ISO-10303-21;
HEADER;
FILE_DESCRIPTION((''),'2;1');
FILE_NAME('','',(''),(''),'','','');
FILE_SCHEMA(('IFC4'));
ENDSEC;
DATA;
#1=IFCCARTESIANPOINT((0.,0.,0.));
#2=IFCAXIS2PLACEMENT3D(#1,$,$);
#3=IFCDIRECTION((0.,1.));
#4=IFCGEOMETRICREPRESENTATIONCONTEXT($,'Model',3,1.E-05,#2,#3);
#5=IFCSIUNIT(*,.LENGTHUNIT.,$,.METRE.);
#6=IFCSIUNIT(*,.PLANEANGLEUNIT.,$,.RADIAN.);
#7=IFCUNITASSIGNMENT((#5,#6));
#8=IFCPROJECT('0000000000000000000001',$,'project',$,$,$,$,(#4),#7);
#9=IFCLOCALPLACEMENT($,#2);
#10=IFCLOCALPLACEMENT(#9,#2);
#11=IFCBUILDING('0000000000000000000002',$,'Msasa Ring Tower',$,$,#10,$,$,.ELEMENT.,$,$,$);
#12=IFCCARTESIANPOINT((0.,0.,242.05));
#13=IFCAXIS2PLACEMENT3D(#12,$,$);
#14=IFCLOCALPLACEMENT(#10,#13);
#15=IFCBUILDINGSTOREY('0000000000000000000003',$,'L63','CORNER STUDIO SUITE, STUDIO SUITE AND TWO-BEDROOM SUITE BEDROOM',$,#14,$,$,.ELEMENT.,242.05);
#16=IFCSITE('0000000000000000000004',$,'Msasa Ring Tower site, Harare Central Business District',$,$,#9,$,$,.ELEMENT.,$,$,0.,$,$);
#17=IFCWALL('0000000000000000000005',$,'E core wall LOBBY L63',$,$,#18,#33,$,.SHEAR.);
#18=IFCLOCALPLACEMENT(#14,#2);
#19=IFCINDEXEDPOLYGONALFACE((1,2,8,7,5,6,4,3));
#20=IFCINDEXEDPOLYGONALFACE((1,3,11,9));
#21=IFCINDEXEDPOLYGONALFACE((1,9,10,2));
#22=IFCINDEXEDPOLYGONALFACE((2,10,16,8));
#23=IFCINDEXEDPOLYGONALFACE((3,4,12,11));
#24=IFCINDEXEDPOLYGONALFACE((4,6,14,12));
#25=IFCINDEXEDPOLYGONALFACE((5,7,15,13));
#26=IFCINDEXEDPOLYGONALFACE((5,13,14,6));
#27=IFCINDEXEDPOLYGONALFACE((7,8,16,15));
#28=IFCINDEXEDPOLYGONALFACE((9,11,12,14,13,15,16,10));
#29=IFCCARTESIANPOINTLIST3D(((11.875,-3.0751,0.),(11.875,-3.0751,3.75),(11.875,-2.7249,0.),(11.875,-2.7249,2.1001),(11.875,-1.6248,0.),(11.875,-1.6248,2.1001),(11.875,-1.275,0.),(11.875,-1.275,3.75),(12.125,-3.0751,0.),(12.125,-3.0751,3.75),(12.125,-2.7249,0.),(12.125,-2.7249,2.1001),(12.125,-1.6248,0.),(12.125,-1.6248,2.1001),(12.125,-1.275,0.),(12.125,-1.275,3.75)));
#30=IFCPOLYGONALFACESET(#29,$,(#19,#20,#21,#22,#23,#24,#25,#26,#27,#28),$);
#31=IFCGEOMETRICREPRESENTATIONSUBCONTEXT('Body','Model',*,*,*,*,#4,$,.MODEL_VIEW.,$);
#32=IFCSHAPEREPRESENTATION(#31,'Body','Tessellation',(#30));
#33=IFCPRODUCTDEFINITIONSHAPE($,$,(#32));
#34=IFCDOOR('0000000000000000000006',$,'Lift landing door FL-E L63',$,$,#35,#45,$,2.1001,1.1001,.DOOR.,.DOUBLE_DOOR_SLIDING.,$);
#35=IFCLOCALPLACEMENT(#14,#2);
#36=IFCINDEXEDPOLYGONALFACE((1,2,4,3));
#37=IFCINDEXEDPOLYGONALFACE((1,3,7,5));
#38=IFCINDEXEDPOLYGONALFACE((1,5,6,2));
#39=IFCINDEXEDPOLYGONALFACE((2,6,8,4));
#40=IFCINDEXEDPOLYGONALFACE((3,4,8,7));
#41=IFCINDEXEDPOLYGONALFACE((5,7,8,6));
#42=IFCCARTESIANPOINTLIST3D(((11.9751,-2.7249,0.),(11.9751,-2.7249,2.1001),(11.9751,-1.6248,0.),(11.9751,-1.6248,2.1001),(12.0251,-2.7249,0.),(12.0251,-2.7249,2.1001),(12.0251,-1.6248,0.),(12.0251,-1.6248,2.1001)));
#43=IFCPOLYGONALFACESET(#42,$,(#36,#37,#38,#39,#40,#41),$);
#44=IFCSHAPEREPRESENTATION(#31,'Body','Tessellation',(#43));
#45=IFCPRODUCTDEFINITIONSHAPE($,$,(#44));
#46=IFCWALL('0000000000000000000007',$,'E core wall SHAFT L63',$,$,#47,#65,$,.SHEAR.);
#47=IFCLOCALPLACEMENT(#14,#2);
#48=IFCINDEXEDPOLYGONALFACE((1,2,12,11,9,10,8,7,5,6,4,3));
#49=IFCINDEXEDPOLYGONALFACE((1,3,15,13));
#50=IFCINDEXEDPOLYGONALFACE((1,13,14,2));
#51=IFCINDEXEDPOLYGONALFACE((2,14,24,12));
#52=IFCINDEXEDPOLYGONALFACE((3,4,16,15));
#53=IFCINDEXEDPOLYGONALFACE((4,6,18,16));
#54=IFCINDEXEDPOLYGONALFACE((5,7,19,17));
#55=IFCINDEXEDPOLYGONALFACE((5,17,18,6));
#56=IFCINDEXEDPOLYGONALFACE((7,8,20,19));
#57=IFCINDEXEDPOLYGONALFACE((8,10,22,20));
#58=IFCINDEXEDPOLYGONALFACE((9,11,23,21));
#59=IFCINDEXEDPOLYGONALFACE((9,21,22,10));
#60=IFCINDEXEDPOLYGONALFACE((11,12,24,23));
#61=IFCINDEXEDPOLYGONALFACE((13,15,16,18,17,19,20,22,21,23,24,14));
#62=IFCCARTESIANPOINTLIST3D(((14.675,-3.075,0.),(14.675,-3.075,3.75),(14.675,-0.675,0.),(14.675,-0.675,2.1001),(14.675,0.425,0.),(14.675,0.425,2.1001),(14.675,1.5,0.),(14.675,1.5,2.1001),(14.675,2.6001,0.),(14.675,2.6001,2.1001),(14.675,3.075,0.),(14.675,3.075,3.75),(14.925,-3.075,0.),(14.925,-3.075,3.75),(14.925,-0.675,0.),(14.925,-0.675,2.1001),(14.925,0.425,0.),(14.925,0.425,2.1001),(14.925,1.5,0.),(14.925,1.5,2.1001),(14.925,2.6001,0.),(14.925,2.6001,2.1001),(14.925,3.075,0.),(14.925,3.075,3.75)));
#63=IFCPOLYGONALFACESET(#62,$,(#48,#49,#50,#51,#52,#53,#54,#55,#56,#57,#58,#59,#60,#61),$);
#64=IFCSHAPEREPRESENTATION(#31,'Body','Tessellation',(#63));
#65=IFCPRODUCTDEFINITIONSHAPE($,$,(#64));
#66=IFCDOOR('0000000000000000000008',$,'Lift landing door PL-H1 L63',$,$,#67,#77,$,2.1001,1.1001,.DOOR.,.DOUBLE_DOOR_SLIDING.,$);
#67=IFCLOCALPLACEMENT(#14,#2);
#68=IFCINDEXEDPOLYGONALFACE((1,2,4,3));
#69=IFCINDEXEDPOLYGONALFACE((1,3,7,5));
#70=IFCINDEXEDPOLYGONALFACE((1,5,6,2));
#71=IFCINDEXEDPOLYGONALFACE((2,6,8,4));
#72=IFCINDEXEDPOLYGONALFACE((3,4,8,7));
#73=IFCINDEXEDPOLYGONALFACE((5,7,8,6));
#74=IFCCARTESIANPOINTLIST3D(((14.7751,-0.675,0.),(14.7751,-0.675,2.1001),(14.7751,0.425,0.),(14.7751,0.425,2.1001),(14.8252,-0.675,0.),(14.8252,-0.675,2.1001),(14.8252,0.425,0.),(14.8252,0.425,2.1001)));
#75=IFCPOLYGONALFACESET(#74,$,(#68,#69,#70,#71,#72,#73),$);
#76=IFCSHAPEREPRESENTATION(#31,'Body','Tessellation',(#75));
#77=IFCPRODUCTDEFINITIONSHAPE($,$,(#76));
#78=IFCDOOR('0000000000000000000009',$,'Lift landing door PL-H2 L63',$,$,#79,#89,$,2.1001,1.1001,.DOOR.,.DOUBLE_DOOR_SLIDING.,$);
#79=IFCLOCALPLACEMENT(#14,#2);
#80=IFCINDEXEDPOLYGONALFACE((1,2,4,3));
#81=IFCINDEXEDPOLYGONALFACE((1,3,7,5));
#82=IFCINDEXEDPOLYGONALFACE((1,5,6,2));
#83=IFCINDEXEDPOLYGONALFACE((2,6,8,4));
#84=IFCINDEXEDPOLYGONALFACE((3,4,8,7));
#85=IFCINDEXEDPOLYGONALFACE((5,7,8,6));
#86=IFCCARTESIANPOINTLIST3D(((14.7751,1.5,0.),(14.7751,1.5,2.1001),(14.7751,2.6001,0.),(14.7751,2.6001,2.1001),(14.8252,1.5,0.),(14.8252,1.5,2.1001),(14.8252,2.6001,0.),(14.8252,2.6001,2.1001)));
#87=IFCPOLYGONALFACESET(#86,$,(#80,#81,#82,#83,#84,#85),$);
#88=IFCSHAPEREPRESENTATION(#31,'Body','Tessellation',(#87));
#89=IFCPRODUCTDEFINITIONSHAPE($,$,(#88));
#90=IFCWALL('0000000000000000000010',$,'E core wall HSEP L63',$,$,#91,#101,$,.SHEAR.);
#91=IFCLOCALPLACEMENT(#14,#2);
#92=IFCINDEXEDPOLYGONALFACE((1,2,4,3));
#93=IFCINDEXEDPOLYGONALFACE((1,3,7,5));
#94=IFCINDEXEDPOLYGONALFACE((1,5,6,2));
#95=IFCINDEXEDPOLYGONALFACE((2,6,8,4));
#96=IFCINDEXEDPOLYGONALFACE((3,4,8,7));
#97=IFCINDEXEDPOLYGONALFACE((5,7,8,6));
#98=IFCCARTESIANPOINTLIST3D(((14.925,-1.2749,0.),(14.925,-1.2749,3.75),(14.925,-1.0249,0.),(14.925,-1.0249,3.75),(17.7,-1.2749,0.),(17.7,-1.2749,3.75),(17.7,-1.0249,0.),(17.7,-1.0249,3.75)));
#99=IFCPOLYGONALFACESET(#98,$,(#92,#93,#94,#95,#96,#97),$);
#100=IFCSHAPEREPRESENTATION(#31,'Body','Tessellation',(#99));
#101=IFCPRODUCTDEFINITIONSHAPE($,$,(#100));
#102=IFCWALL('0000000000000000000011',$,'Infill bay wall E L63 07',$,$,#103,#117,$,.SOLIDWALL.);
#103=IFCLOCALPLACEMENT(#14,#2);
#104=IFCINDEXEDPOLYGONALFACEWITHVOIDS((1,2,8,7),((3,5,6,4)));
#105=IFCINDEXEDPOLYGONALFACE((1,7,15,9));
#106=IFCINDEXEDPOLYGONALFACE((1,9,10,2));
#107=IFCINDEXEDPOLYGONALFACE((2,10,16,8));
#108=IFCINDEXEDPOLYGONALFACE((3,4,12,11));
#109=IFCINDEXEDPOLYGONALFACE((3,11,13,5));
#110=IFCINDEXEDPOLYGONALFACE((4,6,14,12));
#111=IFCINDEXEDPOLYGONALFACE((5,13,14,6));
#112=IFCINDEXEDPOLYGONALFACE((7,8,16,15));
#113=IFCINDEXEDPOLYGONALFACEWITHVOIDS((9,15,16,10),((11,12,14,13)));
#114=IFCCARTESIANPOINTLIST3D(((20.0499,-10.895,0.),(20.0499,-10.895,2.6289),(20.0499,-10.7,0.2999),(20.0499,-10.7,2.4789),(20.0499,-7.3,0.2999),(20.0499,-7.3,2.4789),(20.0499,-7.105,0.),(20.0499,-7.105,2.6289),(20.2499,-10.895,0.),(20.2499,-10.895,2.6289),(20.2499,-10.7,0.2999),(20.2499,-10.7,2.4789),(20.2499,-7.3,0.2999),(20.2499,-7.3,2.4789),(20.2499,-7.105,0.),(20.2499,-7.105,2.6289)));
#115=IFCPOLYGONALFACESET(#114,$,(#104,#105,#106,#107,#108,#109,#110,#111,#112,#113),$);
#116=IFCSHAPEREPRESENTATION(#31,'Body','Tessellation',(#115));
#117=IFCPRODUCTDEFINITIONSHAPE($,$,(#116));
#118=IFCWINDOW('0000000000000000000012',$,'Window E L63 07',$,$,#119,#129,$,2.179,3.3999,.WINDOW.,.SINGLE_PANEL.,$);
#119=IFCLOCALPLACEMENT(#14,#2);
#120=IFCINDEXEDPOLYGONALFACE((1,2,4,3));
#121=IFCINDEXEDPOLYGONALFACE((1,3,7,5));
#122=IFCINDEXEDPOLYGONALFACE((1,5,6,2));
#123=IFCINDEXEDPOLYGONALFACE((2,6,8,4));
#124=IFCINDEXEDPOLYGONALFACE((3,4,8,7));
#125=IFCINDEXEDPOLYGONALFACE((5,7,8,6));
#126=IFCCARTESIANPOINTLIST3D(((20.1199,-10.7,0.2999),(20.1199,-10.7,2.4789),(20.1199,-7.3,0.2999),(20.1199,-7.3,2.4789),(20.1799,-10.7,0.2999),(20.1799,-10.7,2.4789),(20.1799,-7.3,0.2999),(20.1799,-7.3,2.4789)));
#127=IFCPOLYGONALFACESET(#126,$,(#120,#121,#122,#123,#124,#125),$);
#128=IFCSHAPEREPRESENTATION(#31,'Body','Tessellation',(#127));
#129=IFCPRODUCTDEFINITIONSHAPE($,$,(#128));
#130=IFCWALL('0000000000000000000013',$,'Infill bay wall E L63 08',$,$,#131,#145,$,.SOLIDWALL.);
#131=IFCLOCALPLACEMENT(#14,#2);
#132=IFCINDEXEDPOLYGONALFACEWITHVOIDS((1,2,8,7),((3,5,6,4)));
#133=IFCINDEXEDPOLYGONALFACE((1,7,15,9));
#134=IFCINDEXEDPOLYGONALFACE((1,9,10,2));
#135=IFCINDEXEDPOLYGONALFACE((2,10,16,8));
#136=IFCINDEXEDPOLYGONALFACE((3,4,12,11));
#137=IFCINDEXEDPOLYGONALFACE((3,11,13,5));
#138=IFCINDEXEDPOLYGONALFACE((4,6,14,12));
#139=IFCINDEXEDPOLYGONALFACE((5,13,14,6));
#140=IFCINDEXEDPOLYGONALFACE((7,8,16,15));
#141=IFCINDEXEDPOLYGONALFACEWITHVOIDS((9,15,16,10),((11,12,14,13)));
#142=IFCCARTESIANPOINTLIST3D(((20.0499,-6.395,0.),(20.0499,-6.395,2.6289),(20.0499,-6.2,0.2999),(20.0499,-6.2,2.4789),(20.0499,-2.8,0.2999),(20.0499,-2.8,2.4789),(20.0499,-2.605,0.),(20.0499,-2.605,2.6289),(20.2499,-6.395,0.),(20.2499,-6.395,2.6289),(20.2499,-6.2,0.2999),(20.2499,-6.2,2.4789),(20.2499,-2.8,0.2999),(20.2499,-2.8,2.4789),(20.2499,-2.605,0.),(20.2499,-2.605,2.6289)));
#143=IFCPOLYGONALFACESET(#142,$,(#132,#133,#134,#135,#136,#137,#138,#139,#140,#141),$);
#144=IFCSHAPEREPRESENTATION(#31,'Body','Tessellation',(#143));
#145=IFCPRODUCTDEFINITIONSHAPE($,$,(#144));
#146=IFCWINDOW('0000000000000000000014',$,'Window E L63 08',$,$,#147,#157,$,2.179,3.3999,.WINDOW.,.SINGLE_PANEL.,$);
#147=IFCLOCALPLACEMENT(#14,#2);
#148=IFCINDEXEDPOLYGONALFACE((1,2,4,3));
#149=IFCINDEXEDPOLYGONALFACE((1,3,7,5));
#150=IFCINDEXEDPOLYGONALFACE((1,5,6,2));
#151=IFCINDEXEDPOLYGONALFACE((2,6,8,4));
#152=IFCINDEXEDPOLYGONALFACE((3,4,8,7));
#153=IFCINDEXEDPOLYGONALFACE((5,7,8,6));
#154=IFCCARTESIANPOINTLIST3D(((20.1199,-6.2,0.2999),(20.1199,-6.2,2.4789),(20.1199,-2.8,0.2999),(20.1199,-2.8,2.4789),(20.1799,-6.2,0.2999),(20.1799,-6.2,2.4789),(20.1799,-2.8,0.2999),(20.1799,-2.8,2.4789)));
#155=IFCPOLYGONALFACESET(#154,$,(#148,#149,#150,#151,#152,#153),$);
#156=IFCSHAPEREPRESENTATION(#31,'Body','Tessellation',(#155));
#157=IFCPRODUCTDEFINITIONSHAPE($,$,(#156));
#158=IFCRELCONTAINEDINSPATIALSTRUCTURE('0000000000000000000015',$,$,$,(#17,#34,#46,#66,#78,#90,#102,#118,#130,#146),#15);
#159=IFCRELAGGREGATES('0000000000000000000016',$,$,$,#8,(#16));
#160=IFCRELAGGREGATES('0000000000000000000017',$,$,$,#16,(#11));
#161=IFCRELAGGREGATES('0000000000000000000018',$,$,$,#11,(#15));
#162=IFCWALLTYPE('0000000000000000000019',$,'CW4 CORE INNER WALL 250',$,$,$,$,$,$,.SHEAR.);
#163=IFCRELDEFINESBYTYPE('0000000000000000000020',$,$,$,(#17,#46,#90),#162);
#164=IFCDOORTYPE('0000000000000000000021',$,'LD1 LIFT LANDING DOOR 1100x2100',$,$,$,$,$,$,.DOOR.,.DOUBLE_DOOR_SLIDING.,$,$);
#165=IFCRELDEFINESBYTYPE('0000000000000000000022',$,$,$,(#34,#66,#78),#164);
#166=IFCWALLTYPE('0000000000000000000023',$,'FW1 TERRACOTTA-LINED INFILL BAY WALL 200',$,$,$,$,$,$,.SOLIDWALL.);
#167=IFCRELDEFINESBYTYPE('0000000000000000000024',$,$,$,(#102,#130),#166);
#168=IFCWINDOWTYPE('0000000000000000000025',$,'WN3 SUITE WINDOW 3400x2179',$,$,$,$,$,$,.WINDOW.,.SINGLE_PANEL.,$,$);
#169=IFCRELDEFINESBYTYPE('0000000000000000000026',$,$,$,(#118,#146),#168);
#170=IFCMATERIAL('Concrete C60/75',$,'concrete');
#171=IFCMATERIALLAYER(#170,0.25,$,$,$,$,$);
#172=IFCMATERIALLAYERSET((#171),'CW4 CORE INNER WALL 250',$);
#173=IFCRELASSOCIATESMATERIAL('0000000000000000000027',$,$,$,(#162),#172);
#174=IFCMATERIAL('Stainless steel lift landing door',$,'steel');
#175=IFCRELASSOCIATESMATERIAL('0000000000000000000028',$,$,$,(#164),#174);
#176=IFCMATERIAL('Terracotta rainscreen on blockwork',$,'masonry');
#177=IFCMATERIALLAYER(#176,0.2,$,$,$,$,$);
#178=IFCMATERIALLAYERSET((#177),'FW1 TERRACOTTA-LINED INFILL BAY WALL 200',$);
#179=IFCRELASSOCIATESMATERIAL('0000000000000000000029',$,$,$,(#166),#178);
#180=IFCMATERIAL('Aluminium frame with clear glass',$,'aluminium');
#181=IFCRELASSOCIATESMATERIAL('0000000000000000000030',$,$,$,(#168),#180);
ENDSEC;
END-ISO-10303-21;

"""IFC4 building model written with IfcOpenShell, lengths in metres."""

from ifc_helpers import new_model, si_unit, direction, frame, frame_2d, origin, place, context, subcontext, project, spatial, rectangle, extrude, material, layer, layer_set, type_object, element, fill, save


model = new_model("IFC4")

# Units and contexts
model_context = context("Model", 3, precision=1e-05, world=origin(), true_north=direction((0.0, 1.0)))
body_context = subcontext(model_context, "Body", "Model", "MODEL_VIEW")
ifc_project = project(units=[si_unit("LENGTHUNIT", "METRE"), si_unit("PLANEANGLEUNIT", "RADIAN")], contexts=[model_context])

# Site, building, storey
site_placement = place(None, origin())
site = spatial("IfcSite", under=ifc_project, at=site_placement, Name="Msasa Ring Tower site, Harare Central Business District", CompositionType="ELEMENT", RefElevation=0.0)
building_placement = place(site_placement, origin())
building = spatial("IfcBuilding", under=site, at=building_placement, Name="Msasa Ring Tower", CompositionType="ELEMENT")
storey_placement = place(building_placement, frame((0.0, 0.0, 242.05)))
storey = spatial("IfcBuildingStorey", under=building, at=storey_placement, Name="L63", Description="CORNER STUDIO SUITE, STUDIO SUITE AND TWO-BEDROOM SUITE BEDROOM", CompositionType="ELEMENT", Elevation=242.05)

# Shared definitions
ifc_material_1 = material(Name="Concrete C60/75", Category="concrete")
ifc_layer_1 = layer(ifc_material_1, 0.25)
ifc_layer_set_1 = layer_set([ifc_layer_1], Name="CW4 CORE INNER WALL 250")
wall_type_1 = type_object("IfcWallType", Name="CW4 CORE INNER WALL 250", PredefinedType="SHEAR", material=ifc_layer_set_1)

# Wall, opening, door
wall_1_placement = place(storey_placement, frame((12.0, -3.075, 0.0), z_axis=(0.0, 0.0, 1.0), x_axis=(0.0, 1.0, 0.0)))
wall_1 = element("IfcWall", 1, at=wall_1_placement, inside=storey, type_object=wall_type_1, Name="E core wall LOBBY L63", PredefinedType="SHEAR", context=body_context, shape_type="SweptSolid", body=[
    extrude(rectangle(XDim=1.8, YDim=0.25, at=frame_2d((0.8999, 0.0))), origin(), (0.0, 0.0, 1.0), 3.75),
])
opening_1_placement = place(wall_1_placement, frame((0.3501, 0.0, 0.0)))
opening_1 = element("IfcOpeningElement", 2, at=opening_1_placement, cuts=wall_1, PredefinedType="OPENING", context=body_context, shape_type="SweptSolid", body=[
    extrude(rectangle(XDim=1.1001, YDim=2.1001, at=frame_2d((0.55, 1.05))), frame((0.0, 0.135, 0.0), z_axis=(0.0, -1.0, 0.0), x_axis=(1.0, 0.0, 0.0)), (0.0, 0.0, 1.0), 0.27),
])
ifc_material_2 = material(Name="Stainless steel lift landing door", Category="steel")
door_type_1 = type_object("IfcDoorType", Name="LD1 LIFT LANDING DOOR 1100x2100", OperationType="DOUBLE_DOOR_SLIDING", PredefinedType="DOOR", material=ifc_material_2)
door_1_placement = place(opening_1_placement, origin())
door_1 = element("IfcDoor", 3, at=door_1_placement, inside=storey, type_object=door_type_1, Name="Lift landing door FL-E L63", OperationType="DOUBLE_DOOR_SLIDING", OverallHeight=2.1001, OverallWidth=1.1001, PredefinedType="DOOR", context=body_context, shape_type="SweptSolid", body=[
    extrude(rectangle(XDim=1.1001, YDim=2.1001, at=frame_2d((0.55, 1.05))), frame((0.0, 0.0249, 0.0), z_axis=(0.0, -1.0, 0.0), x_axis=(1.0, 0.0, 0.0)), (0.0, 0.0, 1.0), 0.05),
])
fill(opening_1, door_1)

# Wall, openings, doors
wall_2_placement = place(storey_placement, frame((14.8, -3.075, 0.0), z_axis=(0.0, 0.0, 1.0), x_axis=(0.0, 1.0, 0.0)))
wall_2 = element("IfcWall", 4, at=wall_2_placement, inside=storey, type_object=wall_type_1, Name="E core wall SHAFT L63", PredefinedType="SHEAR", context=body_context, shape_type="SweptSolid", body=[
    extrude(rectangle(XDim=6.1499, YDim=0.25, at=frame_2d((3.075, 0.0))), origin(), (0.0, 0.0, 1.0), 3.75),
])
opening_2_placement = place(wall_2_placement, frame((2.3999, 0.0, 0.0)))
opening_2 = element("IfcOpeningElement", 5, at=opening_2_placement, cuts=wall_2, PredefinedType="OPENING", context=body_context, shape_type="SweptSolid", body=[
    extrude(rectangle(XDim=1.1001, YDim=2.1001, at=frame_2d((0.55, 1.05))), frame((0.0, 0.135, 0.0), z_axis=(0.0, -1.0, 0.0), x_axis=(1.0, 0.0, 0.0)), (0.0, 0.0, 1.0), 0.27),
])
opening_3_placement = place(wall_2_placement, frame((4.575, 0.0, 0.0)))
opening_3 = element("IfcOpeningElement", 6, at=opening_3_placement, cuts=wall_2, PredefinedType="OPENING", context=body_context, shape_type="SweptSolid", body=[
    extrude(rectangle(XDim=1.1001, YDim=2.1001, at=frame_2d((0.55, 1.05))), frame((0.0, 0.135, 0.0), z_axis=(0.0, -1.0, 0.0), x_axis=(1.0, 0.0, 0.0)), (0.0, 0.0, 1.0), 0.27),
])
door_2_placement = place(opening_2_placement, origin())
door_2 = element("IfcDoor", 7, at=door_2_placement, inside=storey, type_object=door_type_1, Name="Lift landing door PL-H1 L63", OperationType="DOUBLE_DOOR_SLIDING", OverallHeight=2.1001, OverallWidth=1.1001, PredefinedType="DOOR", context=body_context, shape_type="SweptSolid", body=[
    extrude(rectangle(XDim=1.1001, YDim=2.1001, at=frame_2d((0.55, 1.05))), frame((0.0, 0.0249, 0.0), z_axis=(0.0, -1.0, 0.0), x_axis=(1.0, 0.0, 0.0)), (0.0, 0.0, 1.0), 0.05),
])
fill(opening_2, door_2)
door_3_placement = place(opening_3_placement, origin())
door_3 = element("IfcDoor", 8, at=door_3_placement, inside=storey, type_object=door_type_1, Name="Lift landing door PL-H2 L63", OperationType="DOUBLE_DOOR_SLIDING", OverallHeight=2.1001, OverallWidth=1.1001, PredefinedType="DOOR", context=body_context, shape_type="SweptSolid", body=[
    extrude(rectangle(XDim=1.1001, YDim=2.1001, at=frame_2d((0.55, 1.05))), frame((0.0, 0.0249, 0.0), z_axis=(0.0, -1.0, 0.0), x_axis=(1.0, 0.0, 0.0)), (0.0, 0.0, 1.0), 0.05),
])
fill(opening_3, door_3)

# Wall
wall_3_placement = place(storey_placement, frame((14.925, -1.1499, 0.0), z_axis=(0.0, 0.0, 1.0), x_axis=(1.0, 0.0, 0.0)))
element("IfcWall", 9, at=wall_3_placement, inside=storey, type_object=wall_type_1, Name="E core wall HSEP L63", PredefinedType="SHEAR", context=body_context, shape_type="SweptSolid", body=[
    extrude(rectangle(XDim=2.7749, YDim=0.25, at=frame_2d((1.3875, 0.0))), origin(), (0.0, 0.0, 1.0), 3.75),
])

# Walls, openings, windows
ifc_material_3 = material(Name="Terracotta rainscreen on blockwork", Category="masonry")
ifc_layer_2 = layer(ifc_material_3, 0.2)
ifc_layer_set_2 = layer_set([ifc_layer_2], Name="FW1 TERRACOTTA-LINED INFILL BAY WALL 200")
wall_type_2 = type_object("IfcWallType", Name="FW1 TERRACOTTA-LINED INFILL BAY WALL 200", PredefinedType="SOLIDWALL", material=ifc_layer_set_2)
wall_4_placement = place(storey_placement, frame((20.1499, -10.895, 0.0), z_axis=(0.0, 0.0, 1.0), x_axis=(0.0, 1.0, 0.0)))
wall_4 = element("IfcWall", 10, at=wall_4_placement, inside=storey, type_object=wall_type_2, Name="Infill bay wall E L63 07", PredefinedType="SOLIDWALL", context=body_context, shape_type="SweptSolid", body=[
    extrude(rectangle(XDim=3.79, YDim=0.2, at=frame_2d((1.895, 0.0))), origin(), (0.0, 0.0, 1.0), 2.6289),
])
opening_4_placement = place(wall_4_placement, frame((0.1951, 0.0, 0.3)))
opening_4 = element("IfcOpeningElement", 11, at=opening_4_placement, cuts=wall_4, PredefinedType="OPENING", context=body_context, shape_type="SweptSolid", body=[
    extrude(rectangle(XDim=3.3999, YDim=2.179, at=frame_2d((1.7, 1.0894))), frame((0.0, 0.1099, 0.0), z_axis=(0.0, -1.0, 0.0), x_axis=(1.0, 0.0, 0.0)), (0.0, 0.0, 1.0), 0.22),
])
ifc_material_4 = material(Name="Aluminium frame with clear glass", Category="aluminium")
window_type = type_object("IfcWindowType", Name="WN3 SUITE WINDOW 3400x2179", PartitioningType="SINGLE_PANEL", PredefinedType="WINDOW", material=ifc_material_4)
window_1_placement = place(opening_4_placement, origin())
window_1 = element("IfcWindow", 12, at=window_1_placement, inside=storey, type_object=window_type, Name="Window E L63 07", OverallHeight=2.179, OverallWidth=3.3999, PartitioningType="SINGLE_PANEL", PredefinedType="WINDOW", context=body_context, shape_type="SweptSolid", body=[
    extrude(rectangle(XDim=3.3999, YDim=2.179, at=frame_2d((1.7, 1.0894))), frame((0.0, 0.03, 0.0), z_axis=(0.0, -1.0, 0.0), x_axis=(1.0, 0.0, 0.0)), (0.0, 0.0, 1.0), 0.0601),
])
fill(opening_4, window_1)
wall_5_placement = place(storey_placement, frame((20.1499, -6.395, 0.0), z_axis=(0.0, 0.0, 1.0), x_axis=(0.0, 1.0, 0.0)))
wall_5 = element("IfcWall", 13, at=wall_5_placement, inside=storey, type_object=wall_type_2, Name="Infill bay wall E L63 08", PredefinedType="SOLIDWALL", context=body_context, shape_type="SweptSolid", body=[
    extrude(rectangle(XDim=3.79, YDim=0.2, at=frame_2d((1.895, 0.0))), origin(), (0.0, 0.0, 1.0), 2.6289),
])
opening_5_placement = place(wall_5_placement, frame((0.1951, 0.0, 0.3)))
opening_5 = element("IfcOpeningElement", 14, at=opening_5_placement, cuts=wall_5, PredefinedType="OPENING", context=body_context, shape_type="SweptSolid", body=[
    extrude(rectangle(XDim=3.3999, YDim=2.179, at=frame_2d((1.7, 1.0894))), frame((0.0, 0.1099, 0.0), z_axis=(0.0, -1.0, 0.0), x_axis=(1.0, 0.0, 0.0)), (0.0, 0.0, 1.0), 0.22),
])
window_2_placement = place(opening_5_placement, origin())
window_2 = element("IfcWindow", 15, at=window_2_placement, inside=storey, type_object=window_type, Name="Window E L63 08", OverallHeight=2.179, OverallWidth=3.3999, PartitioningType="SINGLE_PANEL", PredefinedType="WINDOW", context=body_context, shape_type="SweptSolid", body=[
    extrude(rectangle(XDim=3.3999, YDim=2.179, at=frame_2d((1.7, 1.0894))), frame((0.0, 0.03, 0.0), z_axis=(0.0, -1.0, 0.0), x_axis=(1.0, 0.0, 0.0)), (0.0, 0.0, 1.0), 0.0601),
])
fill(opening_5, window_2)

save(model, "model.ifc")
